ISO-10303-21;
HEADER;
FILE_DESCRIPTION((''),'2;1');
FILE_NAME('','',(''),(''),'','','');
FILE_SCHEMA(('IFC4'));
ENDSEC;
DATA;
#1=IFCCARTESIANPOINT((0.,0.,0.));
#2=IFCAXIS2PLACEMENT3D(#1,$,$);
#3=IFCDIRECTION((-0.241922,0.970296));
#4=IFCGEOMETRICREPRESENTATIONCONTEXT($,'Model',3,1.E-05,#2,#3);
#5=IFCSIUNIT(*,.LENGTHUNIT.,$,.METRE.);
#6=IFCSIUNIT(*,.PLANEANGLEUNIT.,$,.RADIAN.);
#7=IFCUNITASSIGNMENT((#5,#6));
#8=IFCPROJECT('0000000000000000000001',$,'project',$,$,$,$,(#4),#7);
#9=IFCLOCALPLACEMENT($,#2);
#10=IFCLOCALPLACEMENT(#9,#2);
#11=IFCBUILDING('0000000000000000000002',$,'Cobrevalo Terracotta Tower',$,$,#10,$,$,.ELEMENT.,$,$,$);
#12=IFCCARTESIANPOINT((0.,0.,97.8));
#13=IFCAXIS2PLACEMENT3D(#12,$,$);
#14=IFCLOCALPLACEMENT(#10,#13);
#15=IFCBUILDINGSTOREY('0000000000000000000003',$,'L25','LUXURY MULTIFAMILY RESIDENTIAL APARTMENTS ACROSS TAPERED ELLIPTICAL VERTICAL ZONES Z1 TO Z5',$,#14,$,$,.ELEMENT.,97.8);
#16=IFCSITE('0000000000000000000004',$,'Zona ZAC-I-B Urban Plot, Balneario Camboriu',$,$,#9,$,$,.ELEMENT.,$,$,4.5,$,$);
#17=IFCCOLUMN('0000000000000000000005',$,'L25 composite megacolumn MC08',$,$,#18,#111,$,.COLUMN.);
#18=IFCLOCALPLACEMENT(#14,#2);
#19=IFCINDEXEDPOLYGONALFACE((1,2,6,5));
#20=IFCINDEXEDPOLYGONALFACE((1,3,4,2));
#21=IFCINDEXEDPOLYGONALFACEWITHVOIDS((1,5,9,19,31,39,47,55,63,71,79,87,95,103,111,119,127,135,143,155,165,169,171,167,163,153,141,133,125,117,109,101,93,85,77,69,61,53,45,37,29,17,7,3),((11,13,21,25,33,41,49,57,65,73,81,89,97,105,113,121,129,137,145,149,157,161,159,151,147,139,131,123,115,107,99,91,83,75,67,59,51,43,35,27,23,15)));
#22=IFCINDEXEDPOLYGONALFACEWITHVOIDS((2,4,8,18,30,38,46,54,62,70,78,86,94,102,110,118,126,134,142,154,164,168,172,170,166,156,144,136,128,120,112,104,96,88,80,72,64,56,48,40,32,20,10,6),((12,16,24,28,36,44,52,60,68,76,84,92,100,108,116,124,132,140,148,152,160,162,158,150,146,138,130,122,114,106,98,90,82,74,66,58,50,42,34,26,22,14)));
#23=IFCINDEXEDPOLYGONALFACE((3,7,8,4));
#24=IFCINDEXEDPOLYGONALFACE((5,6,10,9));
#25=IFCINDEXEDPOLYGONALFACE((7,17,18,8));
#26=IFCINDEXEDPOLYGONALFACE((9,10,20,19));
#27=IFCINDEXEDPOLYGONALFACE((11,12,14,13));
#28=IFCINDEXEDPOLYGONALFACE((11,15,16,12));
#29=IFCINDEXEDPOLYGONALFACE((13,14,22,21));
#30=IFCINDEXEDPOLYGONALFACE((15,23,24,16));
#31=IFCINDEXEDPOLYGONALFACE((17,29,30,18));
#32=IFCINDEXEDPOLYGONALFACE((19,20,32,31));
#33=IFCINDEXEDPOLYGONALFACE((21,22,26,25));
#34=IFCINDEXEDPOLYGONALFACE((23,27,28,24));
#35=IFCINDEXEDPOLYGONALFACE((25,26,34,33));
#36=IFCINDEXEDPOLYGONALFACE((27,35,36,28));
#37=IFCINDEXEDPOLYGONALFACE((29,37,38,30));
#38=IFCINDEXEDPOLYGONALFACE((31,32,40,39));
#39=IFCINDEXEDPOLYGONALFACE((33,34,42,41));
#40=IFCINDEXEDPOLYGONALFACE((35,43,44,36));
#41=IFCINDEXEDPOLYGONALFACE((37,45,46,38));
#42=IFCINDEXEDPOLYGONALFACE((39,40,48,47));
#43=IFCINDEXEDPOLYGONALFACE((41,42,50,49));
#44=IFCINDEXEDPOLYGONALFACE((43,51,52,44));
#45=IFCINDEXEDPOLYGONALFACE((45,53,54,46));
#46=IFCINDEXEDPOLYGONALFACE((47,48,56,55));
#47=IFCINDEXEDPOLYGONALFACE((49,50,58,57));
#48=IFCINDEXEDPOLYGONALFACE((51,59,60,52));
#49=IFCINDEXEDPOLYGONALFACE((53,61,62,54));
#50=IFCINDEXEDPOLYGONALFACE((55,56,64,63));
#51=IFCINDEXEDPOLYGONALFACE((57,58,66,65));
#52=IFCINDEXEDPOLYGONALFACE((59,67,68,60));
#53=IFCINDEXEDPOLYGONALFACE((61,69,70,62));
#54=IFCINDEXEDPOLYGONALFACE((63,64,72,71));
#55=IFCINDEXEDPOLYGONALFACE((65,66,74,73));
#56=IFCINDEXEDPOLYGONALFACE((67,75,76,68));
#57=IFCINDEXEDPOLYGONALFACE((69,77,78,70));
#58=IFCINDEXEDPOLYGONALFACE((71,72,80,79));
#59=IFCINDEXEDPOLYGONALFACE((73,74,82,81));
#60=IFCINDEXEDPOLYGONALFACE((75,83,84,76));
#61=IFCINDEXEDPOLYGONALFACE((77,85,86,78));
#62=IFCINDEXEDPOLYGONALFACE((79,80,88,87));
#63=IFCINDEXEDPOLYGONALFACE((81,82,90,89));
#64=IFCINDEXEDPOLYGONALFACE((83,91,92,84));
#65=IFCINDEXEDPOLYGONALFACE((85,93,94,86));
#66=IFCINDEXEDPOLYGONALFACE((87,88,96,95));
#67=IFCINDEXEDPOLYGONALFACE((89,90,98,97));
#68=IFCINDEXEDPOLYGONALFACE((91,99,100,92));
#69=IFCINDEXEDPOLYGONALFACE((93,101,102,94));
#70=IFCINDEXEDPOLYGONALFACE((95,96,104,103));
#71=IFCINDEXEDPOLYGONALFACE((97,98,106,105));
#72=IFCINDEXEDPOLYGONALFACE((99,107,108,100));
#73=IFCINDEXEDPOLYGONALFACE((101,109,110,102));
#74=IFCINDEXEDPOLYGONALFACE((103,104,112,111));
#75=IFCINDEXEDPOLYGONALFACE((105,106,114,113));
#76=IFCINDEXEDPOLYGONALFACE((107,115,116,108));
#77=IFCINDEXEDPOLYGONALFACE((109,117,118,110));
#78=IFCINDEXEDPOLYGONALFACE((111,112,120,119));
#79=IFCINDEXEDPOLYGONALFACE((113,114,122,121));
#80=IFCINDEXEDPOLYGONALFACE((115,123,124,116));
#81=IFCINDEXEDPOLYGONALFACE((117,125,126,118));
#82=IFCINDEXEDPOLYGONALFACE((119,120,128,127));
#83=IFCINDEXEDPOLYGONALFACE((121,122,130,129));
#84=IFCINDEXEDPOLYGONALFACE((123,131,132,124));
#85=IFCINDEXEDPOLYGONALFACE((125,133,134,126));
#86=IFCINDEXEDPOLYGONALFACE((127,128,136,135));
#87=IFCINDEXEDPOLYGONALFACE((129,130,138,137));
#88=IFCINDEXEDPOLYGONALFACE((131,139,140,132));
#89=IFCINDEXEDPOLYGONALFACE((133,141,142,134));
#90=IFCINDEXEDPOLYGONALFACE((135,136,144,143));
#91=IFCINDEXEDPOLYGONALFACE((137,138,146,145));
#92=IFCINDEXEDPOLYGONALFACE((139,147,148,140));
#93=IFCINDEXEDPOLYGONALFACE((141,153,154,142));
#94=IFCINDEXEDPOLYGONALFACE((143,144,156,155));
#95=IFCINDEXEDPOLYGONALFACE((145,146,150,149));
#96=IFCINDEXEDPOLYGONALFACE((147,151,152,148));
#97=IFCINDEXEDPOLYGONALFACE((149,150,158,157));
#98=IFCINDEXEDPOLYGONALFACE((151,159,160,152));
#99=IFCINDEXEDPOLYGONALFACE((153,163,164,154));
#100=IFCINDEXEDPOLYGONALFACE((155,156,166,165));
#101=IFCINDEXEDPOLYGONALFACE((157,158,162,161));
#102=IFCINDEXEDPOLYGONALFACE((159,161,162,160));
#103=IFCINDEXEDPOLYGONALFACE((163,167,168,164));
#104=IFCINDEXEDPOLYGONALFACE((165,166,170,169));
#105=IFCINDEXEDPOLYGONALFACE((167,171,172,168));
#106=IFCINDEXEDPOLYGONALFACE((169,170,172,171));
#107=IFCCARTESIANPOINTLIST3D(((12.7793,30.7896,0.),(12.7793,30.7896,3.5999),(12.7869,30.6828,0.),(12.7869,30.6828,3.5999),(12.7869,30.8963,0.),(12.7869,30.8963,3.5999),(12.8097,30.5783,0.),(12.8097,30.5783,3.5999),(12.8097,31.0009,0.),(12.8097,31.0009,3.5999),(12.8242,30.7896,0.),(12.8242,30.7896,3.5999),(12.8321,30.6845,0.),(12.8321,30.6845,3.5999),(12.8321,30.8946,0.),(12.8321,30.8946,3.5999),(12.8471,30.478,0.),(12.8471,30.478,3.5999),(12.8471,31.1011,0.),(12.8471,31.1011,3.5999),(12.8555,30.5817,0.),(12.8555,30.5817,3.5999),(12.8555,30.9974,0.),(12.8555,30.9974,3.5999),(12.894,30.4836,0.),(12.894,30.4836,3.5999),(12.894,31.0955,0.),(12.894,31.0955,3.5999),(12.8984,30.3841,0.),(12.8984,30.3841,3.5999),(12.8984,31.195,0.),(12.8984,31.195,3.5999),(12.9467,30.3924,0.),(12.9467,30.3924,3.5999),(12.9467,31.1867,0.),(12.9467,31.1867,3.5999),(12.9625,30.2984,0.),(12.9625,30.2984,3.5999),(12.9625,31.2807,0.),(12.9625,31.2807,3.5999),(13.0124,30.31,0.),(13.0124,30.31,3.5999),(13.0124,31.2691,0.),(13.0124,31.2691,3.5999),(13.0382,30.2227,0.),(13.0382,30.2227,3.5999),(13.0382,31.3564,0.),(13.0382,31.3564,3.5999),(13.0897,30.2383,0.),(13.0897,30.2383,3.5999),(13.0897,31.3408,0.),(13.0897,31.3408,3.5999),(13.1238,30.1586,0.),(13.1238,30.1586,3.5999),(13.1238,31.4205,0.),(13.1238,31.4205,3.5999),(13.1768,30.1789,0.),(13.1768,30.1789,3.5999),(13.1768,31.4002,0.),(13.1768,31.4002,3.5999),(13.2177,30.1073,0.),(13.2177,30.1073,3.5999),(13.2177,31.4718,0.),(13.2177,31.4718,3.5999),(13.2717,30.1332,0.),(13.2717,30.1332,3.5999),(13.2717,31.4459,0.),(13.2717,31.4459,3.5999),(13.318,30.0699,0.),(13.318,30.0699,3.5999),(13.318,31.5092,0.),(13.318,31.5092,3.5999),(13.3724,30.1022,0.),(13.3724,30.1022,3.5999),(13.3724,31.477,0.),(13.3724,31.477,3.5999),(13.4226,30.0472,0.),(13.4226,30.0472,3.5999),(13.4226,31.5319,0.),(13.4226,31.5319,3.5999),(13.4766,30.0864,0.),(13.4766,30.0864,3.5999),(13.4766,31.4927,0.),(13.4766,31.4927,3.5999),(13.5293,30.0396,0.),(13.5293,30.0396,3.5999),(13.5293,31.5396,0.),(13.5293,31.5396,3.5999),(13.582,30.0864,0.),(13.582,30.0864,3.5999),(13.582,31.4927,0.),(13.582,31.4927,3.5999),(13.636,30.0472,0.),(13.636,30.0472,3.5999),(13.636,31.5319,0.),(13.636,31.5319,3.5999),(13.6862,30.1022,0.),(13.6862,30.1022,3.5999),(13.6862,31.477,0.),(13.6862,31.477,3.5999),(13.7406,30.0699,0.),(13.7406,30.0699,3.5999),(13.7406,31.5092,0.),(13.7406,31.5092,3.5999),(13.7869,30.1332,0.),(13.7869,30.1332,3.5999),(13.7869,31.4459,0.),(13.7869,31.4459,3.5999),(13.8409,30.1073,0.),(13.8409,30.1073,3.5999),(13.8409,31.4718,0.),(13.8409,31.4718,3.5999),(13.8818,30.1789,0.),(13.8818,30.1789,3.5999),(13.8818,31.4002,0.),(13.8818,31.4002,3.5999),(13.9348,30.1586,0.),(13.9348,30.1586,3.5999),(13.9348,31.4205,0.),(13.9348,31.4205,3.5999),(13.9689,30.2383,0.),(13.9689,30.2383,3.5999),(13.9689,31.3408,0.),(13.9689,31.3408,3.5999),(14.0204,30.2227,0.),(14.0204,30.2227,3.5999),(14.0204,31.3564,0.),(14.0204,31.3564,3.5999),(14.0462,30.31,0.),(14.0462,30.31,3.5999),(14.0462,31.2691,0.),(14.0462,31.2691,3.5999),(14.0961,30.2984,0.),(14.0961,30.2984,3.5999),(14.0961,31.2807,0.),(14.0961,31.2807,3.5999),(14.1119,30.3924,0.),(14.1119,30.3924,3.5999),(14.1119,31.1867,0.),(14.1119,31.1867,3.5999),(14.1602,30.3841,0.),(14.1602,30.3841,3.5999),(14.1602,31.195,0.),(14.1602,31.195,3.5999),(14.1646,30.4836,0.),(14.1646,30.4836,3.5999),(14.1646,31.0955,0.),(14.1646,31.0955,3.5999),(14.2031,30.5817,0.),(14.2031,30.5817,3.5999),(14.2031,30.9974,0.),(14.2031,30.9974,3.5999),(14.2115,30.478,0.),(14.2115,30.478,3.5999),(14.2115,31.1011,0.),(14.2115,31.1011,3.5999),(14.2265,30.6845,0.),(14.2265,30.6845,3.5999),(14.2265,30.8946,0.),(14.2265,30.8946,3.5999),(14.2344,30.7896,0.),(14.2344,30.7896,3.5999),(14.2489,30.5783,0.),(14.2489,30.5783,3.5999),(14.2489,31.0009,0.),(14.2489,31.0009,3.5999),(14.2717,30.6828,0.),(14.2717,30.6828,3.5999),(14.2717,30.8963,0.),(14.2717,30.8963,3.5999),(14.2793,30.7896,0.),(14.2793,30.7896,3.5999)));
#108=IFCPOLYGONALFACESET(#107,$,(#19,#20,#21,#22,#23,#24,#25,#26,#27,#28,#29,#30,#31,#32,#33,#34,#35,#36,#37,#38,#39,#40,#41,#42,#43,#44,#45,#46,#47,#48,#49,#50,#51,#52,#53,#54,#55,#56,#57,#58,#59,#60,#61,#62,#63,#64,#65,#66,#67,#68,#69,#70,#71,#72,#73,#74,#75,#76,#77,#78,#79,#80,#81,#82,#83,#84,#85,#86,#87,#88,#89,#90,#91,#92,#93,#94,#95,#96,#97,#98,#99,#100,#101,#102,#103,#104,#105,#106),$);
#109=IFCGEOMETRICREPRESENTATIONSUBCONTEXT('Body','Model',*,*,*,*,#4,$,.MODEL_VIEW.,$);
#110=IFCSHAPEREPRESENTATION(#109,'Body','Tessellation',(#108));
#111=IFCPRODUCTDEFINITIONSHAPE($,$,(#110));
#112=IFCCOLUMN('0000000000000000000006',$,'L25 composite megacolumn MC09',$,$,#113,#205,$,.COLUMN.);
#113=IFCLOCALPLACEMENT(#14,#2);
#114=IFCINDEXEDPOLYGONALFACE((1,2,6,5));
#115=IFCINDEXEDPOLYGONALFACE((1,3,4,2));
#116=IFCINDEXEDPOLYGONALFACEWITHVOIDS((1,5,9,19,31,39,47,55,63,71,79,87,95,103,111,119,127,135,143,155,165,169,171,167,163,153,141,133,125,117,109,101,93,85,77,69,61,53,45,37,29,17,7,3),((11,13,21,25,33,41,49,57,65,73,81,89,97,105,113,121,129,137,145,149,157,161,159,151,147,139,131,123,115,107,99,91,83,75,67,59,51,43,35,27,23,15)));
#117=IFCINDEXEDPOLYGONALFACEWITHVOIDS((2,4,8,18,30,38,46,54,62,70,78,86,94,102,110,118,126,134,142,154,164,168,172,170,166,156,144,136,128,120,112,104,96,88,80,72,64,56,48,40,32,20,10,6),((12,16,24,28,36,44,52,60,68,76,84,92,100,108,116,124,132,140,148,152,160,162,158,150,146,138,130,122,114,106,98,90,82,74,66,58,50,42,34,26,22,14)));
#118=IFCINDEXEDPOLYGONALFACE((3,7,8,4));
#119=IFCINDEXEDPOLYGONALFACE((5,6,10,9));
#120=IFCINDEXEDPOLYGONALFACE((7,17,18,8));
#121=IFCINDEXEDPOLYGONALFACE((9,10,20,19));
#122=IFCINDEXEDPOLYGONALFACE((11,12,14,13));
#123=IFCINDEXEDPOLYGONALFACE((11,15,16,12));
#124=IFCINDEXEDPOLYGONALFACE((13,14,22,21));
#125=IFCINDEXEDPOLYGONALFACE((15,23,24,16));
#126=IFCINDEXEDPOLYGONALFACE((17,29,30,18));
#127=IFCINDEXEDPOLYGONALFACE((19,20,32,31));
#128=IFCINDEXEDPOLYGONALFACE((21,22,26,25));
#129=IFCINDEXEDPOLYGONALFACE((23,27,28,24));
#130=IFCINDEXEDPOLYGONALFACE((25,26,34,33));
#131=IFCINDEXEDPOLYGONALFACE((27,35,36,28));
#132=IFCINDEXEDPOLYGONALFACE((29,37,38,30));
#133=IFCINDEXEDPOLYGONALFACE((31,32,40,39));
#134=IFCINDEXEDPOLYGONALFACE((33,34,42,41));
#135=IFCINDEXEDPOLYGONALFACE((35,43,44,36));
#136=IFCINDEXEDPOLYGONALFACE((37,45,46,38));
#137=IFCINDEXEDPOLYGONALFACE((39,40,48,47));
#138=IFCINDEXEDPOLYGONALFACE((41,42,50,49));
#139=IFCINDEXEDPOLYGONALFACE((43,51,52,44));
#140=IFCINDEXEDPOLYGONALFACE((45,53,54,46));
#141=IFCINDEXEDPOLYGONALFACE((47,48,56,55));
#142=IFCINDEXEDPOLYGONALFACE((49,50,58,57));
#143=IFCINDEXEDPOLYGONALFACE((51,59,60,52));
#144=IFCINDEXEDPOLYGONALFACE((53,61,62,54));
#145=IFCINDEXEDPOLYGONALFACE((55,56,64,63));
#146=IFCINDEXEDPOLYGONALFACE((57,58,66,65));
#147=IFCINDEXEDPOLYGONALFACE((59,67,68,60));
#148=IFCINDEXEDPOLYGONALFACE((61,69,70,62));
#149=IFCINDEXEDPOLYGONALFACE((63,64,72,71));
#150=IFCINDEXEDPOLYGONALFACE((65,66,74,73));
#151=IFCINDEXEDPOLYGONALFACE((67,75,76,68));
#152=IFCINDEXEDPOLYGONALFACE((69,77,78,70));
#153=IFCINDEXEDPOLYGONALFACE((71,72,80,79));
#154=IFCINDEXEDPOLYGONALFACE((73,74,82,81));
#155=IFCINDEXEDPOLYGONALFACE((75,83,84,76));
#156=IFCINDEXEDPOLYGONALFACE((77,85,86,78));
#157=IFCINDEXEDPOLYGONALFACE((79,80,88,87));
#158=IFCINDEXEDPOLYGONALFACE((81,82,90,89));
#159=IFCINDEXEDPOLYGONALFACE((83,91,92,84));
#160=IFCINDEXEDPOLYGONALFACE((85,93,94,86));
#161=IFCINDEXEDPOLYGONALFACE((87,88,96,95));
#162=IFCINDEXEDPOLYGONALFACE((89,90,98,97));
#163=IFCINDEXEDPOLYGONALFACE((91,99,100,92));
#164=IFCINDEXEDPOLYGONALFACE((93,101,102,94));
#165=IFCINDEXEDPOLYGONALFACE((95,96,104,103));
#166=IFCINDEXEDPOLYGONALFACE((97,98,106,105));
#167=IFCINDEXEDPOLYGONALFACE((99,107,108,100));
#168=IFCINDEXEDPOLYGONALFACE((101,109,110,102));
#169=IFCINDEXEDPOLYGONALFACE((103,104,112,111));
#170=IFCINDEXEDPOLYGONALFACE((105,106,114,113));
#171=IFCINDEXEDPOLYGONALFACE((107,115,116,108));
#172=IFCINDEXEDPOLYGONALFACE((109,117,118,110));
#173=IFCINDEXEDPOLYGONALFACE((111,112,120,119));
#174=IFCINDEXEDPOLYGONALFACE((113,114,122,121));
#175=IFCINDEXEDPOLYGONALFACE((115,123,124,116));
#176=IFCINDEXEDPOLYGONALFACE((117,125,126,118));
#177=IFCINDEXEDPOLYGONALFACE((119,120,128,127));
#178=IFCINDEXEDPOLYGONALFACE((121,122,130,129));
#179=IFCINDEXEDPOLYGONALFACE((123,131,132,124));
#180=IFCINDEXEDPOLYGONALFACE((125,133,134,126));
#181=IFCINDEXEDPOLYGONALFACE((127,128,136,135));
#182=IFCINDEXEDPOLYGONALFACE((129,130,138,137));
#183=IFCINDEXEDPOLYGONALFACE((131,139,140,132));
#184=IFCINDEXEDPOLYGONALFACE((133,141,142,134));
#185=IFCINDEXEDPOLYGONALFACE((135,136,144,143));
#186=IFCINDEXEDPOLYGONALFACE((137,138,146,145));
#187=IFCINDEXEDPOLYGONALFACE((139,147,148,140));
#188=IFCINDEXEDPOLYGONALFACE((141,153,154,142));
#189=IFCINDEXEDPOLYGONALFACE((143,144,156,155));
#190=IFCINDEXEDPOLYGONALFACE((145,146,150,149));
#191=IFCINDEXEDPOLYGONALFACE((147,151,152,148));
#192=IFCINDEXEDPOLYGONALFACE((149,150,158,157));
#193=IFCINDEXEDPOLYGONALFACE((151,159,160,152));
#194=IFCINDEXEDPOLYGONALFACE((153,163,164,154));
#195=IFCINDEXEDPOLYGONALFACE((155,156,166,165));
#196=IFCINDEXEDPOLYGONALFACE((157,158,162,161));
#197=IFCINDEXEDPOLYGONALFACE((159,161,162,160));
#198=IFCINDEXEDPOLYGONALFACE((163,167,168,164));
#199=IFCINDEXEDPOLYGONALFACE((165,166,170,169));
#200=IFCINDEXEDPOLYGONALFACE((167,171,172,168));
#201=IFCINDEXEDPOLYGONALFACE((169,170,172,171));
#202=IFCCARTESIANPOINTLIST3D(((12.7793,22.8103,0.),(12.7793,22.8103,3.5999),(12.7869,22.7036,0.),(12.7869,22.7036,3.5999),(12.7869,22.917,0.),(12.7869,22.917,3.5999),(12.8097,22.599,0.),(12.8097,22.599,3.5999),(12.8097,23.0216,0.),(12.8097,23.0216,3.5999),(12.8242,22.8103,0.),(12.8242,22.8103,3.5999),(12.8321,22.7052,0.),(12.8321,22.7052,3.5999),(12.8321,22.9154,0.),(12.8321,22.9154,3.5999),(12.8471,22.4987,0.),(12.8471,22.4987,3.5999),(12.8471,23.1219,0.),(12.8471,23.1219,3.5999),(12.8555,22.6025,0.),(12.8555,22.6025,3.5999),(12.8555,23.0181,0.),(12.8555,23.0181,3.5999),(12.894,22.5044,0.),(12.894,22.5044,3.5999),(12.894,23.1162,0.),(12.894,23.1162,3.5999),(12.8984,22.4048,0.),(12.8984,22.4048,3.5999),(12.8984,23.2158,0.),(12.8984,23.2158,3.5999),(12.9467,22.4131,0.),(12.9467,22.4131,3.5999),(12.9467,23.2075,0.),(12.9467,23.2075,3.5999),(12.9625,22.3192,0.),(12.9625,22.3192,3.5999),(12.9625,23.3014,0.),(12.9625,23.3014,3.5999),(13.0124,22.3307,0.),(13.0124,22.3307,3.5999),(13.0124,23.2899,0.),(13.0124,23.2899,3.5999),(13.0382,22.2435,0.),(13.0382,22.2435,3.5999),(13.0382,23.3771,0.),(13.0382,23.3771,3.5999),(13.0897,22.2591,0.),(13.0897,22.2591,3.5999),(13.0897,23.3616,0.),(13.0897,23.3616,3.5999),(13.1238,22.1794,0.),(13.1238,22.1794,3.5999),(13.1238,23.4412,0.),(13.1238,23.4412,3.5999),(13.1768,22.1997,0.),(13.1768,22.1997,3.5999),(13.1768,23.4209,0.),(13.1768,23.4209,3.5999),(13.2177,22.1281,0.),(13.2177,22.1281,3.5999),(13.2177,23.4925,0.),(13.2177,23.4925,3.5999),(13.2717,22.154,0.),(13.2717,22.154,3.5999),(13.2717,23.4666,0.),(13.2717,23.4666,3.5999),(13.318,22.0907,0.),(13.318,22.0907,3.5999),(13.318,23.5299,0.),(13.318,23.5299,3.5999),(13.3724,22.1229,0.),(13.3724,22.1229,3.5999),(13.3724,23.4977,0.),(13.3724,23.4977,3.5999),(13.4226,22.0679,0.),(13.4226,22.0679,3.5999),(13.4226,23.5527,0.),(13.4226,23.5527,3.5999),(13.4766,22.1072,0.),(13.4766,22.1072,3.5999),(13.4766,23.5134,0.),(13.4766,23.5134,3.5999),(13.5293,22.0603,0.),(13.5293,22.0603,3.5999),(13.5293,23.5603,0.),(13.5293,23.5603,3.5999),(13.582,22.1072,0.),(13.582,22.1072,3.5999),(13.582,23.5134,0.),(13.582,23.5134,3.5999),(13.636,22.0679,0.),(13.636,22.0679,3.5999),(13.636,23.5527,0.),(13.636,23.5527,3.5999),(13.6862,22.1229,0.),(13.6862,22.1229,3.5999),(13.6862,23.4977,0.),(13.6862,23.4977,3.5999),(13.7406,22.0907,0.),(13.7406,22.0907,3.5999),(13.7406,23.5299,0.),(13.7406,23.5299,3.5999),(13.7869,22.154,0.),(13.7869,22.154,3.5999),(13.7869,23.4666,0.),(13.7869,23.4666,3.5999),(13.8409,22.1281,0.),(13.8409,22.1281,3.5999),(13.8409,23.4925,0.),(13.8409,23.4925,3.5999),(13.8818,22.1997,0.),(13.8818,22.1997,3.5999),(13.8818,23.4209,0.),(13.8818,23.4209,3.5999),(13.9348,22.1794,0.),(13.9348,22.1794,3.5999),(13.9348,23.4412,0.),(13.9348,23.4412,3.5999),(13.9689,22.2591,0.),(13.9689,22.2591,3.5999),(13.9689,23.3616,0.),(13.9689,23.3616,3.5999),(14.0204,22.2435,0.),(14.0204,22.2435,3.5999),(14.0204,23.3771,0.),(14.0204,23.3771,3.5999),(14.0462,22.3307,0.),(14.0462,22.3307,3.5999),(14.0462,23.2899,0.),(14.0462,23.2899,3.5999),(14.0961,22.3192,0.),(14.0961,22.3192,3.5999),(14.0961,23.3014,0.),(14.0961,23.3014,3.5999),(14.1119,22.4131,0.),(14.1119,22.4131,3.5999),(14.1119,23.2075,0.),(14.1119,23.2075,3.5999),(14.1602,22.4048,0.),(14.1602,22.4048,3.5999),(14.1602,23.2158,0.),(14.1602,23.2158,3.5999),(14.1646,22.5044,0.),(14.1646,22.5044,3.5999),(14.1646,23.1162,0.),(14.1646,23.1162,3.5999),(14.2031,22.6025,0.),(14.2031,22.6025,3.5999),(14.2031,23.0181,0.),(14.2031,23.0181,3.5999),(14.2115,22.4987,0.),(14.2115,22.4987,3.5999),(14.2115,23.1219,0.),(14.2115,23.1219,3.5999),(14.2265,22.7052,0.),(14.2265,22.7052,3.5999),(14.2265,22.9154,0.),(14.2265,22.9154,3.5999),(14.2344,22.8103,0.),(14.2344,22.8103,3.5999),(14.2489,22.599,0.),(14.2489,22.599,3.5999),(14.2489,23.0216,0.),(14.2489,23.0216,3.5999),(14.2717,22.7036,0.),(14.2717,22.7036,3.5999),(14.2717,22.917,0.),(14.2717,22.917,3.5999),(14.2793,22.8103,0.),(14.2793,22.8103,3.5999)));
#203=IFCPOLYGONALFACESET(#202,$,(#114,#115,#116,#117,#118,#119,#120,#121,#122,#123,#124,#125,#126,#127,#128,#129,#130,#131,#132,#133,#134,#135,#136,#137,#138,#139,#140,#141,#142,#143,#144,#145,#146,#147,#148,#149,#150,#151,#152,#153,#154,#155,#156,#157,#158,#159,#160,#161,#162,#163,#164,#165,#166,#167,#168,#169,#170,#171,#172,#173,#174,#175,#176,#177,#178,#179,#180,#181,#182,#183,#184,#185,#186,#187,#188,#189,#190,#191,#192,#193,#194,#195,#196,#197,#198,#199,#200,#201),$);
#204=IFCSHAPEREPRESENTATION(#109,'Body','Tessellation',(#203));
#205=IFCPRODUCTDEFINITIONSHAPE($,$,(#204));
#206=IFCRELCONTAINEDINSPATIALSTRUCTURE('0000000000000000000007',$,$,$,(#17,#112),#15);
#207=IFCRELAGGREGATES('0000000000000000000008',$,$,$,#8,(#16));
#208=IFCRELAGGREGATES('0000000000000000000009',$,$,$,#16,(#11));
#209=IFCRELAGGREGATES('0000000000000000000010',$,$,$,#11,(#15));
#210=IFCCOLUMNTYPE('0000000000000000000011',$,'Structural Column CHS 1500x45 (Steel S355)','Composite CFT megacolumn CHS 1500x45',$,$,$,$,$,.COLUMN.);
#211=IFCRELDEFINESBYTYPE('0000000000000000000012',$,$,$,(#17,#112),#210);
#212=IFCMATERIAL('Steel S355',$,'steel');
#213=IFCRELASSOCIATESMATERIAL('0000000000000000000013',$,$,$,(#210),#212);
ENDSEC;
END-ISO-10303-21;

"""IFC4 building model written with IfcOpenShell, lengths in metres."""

from ifc_helpers import new_model, si_unit, direction, frame, origin, origin_2d, place, context, subcontext, project, spatial, hollow_circle, extrude, material, material_profile, profile_set, type_object, element, save


model = new_model("IFC4")

# Units and contexts
model_context = context("Model", 3, precision=1e-05, world=origin(), true_north=direction((-0.241922, 0.970296)))
body_context = subcontext(model_context, "Body", "Model", "MODEL_VIEW")
ifc_project = project(units=[si_unit("LENGTHUNIT", "METRE"), si_unit("PLANEANGLEUNIT", "RADIAN")], contexts=[model_context])

# Site, building, storey
site_placement = place(None, origin())
site = spatial("IfcSite", under=ifc_project, at=site_placement, Name="Zona ZAC-I-B Urban Plot, Balneario Camboriu", CompositionType="ELEMENT", RefElevation=4.5)
building_placement = place(site_placement, origin())
building = spatial("IfcBuilding", under=site, at=building_placement, Name="Cobrevalo Terracotta Tower", CompositionType="ELEMENT")
storey_placement = place(building_placement, frame((0.0, 0.0, 97.8)))
storey = spatial("IfcBuildingStorey", under=building, at=storey_placement, Name="L25", Description="LUXURY MULTIFAMILY RESIDENTIAL APARTMENTS ACROSS TAPERED ELLIPTICAL VERTICAL ZONES Z1 TO Z5", CompositionType="ELEMENT", Elevation=97.8)

# Columns
ifc_material_1 = material(Name="Steel S355", Category="steel")
ifc_material_profile_1 = material_profile(ifc_material_1, hollow_circle(Radius=0.75, WallThickness=0.0449, at=origin_2d()), Name="CHS 1500x45")
ifc_profile_set_1 = profile_set([ifc_material_profile_1], Name="Steel S355")
column_type = type_object("IfcColumnType", Name="Structural Column CHS 1500x45 (Steel S355)", Description="Composite CFT megacolumn CHS 1500x45", PredefinedType="COLUMN", material=ifc_profile_set_1)
for number, where, z_axis, x_axis, name in (
    (1, (13.5293, 30.7896, 0.0), (0.0, 0.0, 1.0), (1.0, 0.0, 0.0), "L25 composite megacolumn MC08"),
    (2, (13.5293, 22.8103, 0.0), (0.0, 0.0, 1.0), (1.0, 0.0, 0.0), "L25 composite megacolumn MC09"),
):
    element("IfcColumn", number, at=place(storey_placement, frame(where, z_axis=z_axis, x_axis=x_axis)), inside=storey, type_object=column_type, Name=name, PredefinedType="COLUMN", context=body_context, shape_type="SweptSolid", body=[
        extrude(hollow_circle(Radius=0.75, WallThickness=0.0449, at=origin_2d()), origin(), (0.0, 0.0, 1.0), 3.5999),
    ])

save(model, "model.ifc")
